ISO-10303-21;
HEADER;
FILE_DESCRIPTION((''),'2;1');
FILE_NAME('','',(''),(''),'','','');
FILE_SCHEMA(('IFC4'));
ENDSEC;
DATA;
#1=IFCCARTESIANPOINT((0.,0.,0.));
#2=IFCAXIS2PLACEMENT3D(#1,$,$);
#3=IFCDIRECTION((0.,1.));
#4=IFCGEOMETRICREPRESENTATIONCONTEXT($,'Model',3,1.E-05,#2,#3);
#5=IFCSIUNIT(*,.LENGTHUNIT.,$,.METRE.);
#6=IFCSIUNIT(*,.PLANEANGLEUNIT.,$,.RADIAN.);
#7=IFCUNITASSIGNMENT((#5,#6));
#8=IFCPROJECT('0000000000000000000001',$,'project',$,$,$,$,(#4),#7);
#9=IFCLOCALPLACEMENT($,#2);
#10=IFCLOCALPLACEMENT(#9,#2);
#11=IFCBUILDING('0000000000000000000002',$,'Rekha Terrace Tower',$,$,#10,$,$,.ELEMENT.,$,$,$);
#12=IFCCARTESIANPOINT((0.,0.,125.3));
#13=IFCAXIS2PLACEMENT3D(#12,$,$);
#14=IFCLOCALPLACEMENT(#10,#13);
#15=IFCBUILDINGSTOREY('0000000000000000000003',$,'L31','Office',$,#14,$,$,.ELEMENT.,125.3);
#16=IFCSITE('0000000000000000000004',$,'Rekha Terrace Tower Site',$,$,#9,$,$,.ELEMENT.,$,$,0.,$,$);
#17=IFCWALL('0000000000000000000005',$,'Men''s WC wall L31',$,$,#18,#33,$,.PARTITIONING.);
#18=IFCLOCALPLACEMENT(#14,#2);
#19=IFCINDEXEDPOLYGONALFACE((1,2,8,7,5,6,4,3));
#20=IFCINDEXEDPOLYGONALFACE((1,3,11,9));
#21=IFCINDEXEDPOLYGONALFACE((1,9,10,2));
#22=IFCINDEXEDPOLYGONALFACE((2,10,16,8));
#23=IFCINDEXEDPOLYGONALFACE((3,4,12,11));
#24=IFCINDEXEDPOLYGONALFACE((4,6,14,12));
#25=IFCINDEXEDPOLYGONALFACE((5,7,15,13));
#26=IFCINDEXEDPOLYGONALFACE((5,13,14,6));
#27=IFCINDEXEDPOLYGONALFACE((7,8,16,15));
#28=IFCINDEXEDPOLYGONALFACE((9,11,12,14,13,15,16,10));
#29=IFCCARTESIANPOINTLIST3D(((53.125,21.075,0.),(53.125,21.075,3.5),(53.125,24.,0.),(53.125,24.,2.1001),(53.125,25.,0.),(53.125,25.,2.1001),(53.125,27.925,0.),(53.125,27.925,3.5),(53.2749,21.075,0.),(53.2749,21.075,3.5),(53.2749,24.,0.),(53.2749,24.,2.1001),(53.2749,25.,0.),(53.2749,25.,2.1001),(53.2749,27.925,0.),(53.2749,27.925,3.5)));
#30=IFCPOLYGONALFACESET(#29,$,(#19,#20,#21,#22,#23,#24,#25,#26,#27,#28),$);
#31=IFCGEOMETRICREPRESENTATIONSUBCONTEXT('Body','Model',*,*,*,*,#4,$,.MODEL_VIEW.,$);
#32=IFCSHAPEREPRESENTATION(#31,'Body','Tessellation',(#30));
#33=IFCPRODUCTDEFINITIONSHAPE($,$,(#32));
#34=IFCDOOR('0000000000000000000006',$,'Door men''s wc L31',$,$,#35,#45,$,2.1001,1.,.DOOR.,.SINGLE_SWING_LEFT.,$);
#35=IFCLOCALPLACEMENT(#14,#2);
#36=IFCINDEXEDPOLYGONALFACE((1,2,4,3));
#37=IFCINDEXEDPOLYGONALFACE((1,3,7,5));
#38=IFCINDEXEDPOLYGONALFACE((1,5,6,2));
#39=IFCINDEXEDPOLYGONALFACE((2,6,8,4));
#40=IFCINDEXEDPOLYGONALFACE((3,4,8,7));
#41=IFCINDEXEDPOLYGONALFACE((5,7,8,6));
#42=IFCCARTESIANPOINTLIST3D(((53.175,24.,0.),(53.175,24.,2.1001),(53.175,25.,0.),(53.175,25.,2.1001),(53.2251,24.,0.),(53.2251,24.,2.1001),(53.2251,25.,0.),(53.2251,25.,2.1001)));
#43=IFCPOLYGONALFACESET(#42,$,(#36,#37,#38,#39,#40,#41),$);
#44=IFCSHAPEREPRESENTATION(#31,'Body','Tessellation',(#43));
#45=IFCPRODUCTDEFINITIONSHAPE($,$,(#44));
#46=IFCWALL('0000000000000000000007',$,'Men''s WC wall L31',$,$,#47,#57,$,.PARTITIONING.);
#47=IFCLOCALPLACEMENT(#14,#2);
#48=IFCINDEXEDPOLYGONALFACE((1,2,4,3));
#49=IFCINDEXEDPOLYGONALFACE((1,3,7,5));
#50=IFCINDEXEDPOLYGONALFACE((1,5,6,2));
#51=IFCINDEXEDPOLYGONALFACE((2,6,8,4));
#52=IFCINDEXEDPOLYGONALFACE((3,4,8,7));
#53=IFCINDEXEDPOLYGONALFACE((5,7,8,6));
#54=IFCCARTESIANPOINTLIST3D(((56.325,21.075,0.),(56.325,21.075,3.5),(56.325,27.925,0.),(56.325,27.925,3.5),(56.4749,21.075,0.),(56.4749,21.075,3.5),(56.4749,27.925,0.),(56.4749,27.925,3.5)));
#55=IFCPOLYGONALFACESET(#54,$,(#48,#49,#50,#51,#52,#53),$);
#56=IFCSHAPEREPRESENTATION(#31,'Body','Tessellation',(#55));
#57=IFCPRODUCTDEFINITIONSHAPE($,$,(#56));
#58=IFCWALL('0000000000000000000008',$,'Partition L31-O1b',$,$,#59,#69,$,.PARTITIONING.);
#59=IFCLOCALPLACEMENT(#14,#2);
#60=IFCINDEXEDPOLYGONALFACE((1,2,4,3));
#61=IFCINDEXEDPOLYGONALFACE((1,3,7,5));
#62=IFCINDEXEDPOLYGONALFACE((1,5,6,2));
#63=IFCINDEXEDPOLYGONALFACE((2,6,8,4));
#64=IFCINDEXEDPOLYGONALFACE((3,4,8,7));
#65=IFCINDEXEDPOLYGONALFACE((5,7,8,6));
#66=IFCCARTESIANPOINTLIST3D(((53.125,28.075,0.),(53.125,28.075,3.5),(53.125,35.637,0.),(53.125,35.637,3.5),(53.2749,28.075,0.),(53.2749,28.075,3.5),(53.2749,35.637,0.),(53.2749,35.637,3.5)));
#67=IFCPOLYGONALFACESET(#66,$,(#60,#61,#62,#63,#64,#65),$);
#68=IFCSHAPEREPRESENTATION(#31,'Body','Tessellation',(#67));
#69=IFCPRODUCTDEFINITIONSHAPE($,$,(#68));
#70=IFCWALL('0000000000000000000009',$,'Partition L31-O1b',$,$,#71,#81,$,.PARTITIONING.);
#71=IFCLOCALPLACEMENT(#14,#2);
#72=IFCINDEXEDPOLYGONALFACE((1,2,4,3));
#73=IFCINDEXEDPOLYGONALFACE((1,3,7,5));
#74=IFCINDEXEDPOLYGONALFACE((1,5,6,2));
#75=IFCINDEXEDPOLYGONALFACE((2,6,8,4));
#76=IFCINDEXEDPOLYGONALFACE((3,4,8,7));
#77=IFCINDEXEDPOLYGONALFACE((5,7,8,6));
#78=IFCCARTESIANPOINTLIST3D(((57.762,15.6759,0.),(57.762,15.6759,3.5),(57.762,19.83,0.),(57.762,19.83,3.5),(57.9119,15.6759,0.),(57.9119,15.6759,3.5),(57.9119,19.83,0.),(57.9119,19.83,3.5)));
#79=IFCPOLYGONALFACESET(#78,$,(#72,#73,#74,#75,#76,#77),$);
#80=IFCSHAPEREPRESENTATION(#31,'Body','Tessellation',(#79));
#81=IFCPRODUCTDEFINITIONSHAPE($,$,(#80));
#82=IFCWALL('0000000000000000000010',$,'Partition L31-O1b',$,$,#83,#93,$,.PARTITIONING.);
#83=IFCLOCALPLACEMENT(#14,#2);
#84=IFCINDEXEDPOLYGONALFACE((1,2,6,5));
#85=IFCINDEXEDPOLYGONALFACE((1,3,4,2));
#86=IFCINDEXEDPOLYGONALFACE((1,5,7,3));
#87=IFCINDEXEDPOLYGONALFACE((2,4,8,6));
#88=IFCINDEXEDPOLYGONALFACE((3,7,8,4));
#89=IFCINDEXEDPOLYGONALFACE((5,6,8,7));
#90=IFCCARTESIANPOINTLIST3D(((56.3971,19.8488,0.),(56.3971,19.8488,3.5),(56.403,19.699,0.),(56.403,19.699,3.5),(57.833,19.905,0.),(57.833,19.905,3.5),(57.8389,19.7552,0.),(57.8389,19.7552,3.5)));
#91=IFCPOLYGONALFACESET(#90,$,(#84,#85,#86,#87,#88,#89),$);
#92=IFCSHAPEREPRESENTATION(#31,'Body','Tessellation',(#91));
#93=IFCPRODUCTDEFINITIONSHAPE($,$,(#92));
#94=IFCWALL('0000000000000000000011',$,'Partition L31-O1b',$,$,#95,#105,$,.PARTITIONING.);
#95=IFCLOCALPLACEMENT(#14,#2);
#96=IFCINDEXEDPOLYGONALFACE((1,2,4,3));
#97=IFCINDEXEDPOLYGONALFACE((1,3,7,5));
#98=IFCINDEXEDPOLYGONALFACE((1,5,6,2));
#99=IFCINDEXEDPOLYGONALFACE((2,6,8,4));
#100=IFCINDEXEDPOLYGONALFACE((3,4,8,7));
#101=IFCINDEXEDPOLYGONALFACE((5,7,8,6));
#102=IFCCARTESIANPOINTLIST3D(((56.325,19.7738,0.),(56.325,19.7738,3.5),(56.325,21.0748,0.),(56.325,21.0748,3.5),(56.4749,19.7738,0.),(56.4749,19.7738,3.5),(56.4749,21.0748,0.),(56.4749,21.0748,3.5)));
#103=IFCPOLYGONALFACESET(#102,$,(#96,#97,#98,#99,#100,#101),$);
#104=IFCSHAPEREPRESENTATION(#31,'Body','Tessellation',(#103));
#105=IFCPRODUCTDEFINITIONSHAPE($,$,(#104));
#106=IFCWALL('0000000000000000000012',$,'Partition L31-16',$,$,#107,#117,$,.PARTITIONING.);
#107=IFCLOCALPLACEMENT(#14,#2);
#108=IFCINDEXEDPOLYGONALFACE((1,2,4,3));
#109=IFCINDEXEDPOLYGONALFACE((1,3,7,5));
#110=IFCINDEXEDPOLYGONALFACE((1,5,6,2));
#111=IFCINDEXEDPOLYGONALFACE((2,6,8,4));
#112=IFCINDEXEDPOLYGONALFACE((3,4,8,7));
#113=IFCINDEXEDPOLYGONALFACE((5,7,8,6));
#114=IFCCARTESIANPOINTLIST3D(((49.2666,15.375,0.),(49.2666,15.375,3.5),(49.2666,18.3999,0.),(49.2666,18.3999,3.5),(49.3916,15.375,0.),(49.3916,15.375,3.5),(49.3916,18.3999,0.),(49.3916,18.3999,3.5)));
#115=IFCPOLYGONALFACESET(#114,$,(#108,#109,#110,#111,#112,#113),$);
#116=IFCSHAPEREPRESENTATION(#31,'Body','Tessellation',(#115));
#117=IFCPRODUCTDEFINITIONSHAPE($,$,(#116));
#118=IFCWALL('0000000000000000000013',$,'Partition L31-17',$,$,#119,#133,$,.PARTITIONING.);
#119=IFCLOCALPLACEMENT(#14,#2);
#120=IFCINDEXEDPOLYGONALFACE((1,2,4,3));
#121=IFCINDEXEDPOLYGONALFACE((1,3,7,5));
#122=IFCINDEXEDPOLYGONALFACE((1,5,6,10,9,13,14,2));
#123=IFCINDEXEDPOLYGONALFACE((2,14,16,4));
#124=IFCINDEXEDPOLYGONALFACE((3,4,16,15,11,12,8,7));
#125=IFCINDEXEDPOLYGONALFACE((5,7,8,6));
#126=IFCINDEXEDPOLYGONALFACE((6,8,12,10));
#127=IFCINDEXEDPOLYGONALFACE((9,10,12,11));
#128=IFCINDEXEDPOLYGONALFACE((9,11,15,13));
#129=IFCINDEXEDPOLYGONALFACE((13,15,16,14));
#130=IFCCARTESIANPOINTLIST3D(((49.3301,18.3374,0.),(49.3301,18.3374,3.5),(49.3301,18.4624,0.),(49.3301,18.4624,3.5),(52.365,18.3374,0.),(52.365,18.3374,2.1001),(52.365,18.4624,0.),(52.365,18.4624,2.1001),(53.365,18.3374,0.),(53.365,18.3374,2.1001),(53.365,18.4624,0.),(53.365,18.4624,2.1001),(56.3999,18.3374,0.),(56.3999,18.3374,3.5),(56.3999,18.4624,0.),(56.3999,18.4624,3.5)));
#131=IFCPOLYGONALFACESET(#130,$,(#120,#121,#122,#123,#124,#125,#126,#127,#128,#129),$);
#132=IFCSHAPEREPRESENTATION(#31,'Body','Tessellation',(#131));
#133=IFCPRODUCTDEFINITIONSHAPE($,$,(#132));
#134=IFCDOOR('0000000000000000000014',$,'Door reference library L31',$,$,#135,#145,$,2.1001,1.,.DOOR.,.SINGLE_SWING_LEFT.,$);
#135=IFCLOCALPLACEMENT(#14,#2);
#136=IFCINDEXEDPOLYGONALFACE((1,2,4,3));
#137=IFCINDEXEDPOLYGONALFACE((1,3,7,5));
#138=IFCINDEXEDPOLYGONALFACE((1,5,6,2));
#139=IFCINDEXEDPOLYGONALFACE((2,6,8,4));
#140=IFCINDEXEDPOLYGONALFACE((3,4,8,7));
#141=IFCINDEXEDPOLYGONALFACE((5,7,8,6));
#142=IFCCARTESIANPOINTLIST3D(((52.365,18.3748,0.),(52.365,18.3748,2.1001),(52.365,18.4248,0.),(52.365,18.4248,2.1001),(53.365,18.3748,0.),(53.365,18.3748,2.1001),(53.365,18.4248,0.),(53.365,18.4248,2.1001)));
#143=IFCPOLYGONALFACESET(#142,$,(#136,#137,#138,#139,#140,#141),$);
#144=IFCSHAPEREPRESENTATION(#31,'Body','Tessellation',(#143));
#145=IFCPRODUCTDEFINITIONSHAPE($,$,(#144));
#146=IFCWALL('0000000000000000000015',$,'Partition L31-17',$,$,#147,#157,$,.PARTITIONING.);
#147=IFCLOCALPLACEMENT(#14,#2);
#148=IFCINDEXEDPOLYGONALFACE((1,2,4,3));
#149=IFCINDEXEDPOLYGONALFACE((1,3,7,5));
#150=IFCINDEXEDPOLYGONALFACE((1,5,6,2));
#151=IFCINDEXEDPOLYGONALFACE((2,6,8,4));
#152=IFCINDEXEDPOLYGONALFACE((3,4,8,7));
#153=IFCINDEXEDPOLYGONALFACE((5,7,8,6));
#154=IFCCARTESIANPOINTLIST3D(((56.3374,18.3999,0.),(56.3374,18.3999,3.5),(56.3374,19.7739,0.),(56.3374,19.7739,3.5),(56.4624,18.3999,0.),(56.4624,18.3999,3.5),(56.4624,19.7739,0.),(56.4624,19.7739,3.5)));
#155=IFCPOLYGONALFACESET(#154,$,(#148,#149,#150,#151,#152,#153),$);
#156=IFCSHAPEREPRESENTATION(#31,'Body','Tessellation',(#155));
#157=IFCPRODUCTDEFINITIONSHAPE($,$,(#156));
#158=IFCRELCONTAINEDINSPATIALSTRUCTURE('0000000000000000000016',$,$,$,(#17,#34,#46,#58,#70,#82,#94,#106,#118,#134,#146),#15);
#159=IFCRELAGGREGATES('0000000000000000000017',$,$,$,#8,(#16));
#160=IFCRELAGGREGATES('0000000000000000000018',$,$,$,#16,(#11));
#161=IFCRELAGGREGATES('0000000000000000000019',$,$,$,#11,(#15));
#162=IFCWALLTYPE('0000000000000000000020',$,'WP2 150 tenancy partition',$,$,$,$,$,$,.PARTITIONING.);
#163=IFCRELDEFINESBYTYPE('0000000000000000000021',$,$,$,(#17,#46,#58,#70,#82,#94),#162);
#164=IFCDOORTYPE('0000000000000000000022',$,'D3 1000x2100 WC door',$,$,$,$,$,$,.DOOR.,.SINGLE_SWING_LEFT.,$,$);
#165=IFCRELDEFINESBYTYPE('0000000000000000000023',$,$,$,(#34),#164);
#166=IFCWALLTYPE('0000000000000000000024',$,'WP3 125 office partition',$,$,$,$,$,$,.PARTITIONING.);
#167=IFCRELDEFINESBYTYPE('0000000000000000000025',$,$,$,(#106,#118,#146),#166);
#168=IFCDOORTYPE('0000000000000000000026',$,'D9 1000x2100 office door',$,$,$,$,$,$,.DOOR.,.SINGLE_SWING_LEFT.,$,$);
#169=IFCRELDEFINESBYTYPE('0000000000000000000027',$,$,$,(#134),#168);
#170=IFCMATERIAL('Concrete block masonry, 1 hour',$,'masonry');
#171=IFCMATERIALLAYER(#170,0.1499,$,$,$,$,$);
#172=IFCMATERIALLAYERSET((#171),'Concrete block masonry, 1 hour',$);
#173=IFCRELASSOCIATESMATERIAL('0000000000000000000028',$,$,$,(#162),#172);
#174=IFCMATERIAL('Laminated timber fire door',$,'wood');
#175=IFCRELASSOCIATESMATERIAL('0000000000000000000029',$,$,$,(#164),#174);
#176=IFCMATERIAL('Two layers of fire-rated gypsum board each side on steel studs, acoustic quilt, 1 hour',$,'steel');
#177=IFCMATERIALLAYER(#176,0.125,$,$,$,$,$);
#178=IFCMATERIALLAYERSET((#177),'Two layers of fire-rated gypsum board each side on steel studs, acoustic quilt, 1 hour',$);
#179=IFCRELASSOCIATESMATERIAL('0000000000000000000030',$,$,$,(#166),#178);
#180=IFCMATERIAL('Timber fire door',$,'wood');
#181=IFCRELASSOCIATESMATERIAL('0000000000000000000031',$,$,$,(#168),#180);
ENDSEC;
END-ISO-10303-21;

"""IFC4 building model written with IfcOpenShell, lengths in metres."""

from ifc_helpers import new_model, si_unit, direction, frame, frame_2d, origin, place, context, subcontext, project, spatial, rectangle, extrude, material, layer, layer_set, type_object, element, fill, save


model = new_model("IFC4")

# Units and contexts
model_context = context("Model", 3, precision=1e-05, world=origin(), true_north=direction((0.0, 1.0)))
body_context = subcontext(model_context, "Body", "Model", "MODEL_VIEW")
ifc_project = project(units=[si_unit("LENGTHUNIT", "METRE"), si_unit("PLANEANGLEUNIT", "RADIAN")], contexts=[model_context])

# Site, building, storey
site_placement = place(None, origin())
site = spatial("IfcSite", under=ifc_project, at=site_placement, Name="Rekha Terrace Tower Site", CompositionType="ELEMENT", RefElevation=0.0)
building_placement = place(site_placement, origin())
building = spatial("IfcBuilding", under=site, at=building_placement, Name="Rekha Terrace Tower", CompositionType="ELEMENT")
storey_placement = place(building_placement, frame((0.0, 0.0, 125.3)))
storey = spatial("IfcBuildingStorey", under=building, at=storey_placement, Name="L31", Description="Office", CompositionType="ELEMENT", Elevation=125.3)

# Shared definitions
ifc_material_1 = material(Name="Concrete block masonry, 1 hour", Category="masonry")
ifc_layer_1 = layer(ifc_material_1, 0.1499)
ifc_layer_set_1 = layer_set([ifc_layer_1], Name="Concrete block masonry, 1 hour")
wall_type_1 = type_object("IfcWallType", Name="WP2 150 tenancy partition", PredefinedType="PARTITIONING", material=ifc_layer_set_1)

# Wall, opening, door
wall_1_placement = place(storey_placement, frame((53.2, 21.075, 0.0), z_axis=(0.0, 0.0, 1.0), x_axis=(0.0, 1.0, 0.0)))
wall_1 = element("IfcWall", 1, at=wall_1_placement, inside=storey, type_object=wall_type_1, Name="Men's WC wall L31", PredefinedType="PARTITIONING", context=body_context, shape_type="SweptSolid", body=[
    extrude(rectangle(XDim=6.8501, YDim=0.1499, at=frame_2d((3.425, 0.0))), origin(), (0.0, 0.0, 1.0), 3.5),
])
opening_1_placement = place(wall_1_placement, frame((2.925, 0.0, 0.0)))
opening_1 = element("IfcOpeningElement", 2, at=opening_1_placement, cuts=wall_1, PredefinedType="OPENING", context=body_context, shape_type="SweptSolid", body=[
    extrude(rectangle(XDim=1.0, YDim=2.1001, at=frame_2d((0.5, 1.05))), frame((0.0, 0.085, 0.0), z_axis=(0.0, -1.0, 0.0), x_axis=(1.0, 0.0, 0.0)), (0.0, 0.0, 1.0), 0.1699),
])
ifc_material_2 = material(Name="Laminated timber fire door", Category="wood")
door_type_1 = type_object("IfcDoorType", Name="D3 1000x2100 WC door", OperationType="SINGLE_SWING_LEFT", PredefinedType="DOOR", material=ifc_material_2)
door_1_placement = place(opening_1_placement, origin())
door_1 = element("IfcDoor", 3, at=door_1_placement, inside=storey, type_object=door_type_1, Name="Door men's wc L31", OperationType="SINGLE_SWING_LEFT", OverallHeight=2.1001, OverallWidth=1.0, PredefinedType="DOOR", context=body_context, shape_type="SweptSolid", body=[
    extrude(rectangle(XDim=1.0, YDim=2.1001, at=frame_2d((0.5, 1.05))), frame((0.0, 0.0249, 0.0), z_axis=(0.0, -1.0, 0.0), x_axis=(1.0, 0.0, 0.0)), (0.0, 0.0, 1.0), 0.05),
])
fill(opening_1, door_1)

# Walls
wall_2_placement = place(storey_placement, frame((56.3999, 21.075, 0.0), z_axis=(0.0, 0.0, 1.0), x_axis=(0.0, 1.0, 0.0)))
element("IfcWall", 4, at=wall_2_placement, inside=storey, type_object=wall_type_1, Name="Men's WC wall L31", PredefinedType="PARTITIONING", context=body_context, shape_type="SweptSolid", body=[
    extrude(rectangle(XDim=6.8501, YDim=0.1499, at=frame_2d((3.425, 0.0))), origin(), (0.0, 0.0, 1.0), 3.5),
])
wall_3_placement = place(storey_placement, frame((53.2, 28.075, 0.0), z_axis=(0.0, 0.0, 1.0), x_axis=(0.0, 1.0, 0.0)))
element("IfcWall", 5, at=wall_3_placement, inside=storey, type_object=wall_type_1, Name="Partition L31-O1b", PredefinedType="PARTITIONING", context=body_context, shape_type="SweptSolid", body=[
    extrude(rectangle(XDim=7.562, YDim=0.1499, at=frame_2d((3.781, 0.0))), origin(), (0.0, 0.0, 1.0), 3.5),
])
wall_4_placement = place(storey_placement, frame((57.8369, 19.8301, 0.0), z_axis=(0.0, 0.0, 1.0), x_axis=(0.0, -1.0, 0.0)))
element("IfcWall", 6, at=wall_4_placement, inside=storey, type_object=wall_type_1, Name="Partition L31-O1b", PredefinedType="PARTITIONING", context=body_context, shape_type="SweptSolid", body=[
    extrude(rectangle(XDim=4.1541, YDim=0.1499, at=frame_2d((2.0771, 0.0))), origin(), (0.0, 0.0, 1.0), 3.5),
])
wall_5_placement = place(storey_placement, frame((57.8359, 19.8301, 0.0), z_axis=(0.0, 0.0, 1.0), x_axis=(-0.999236, -0.039072, 0.0)))
element("IfcWall", 7, at=wall_5_placement, inside=storey, type_object=wall_type_1, Name="Partition L31-O1b", PredefinedType="PARTITIONING", context=body_context, shape_type="SweptSolid", body=[
    extrude(rectangle(XDim=1.437, YDim=0.1499, at=frame_2d((0.7185, 0.0))), origin(), (0.0, 0.0, 1.0), 3.5),
])
wall_6_placement = place(storey_placement, frame((56.3999, 19.7739, 0.0), z_axis=(0.0, 0.0, 1.0), x_axis=(0.0, 1.0, 0.0)))
element("IfcWall", 8, at=wall_6_placement, inside=storey, type_object=wall_type_1, Name="Partition L31-O1b", PredefinedType="PARTITIONING", context=body_context, shape_type="SweptSolid", body=[
    extrude(rectangle(XDim=1.301, YDim=0.1499, at=frame_2d((0.6504, 0.0))), origin(), (0.0, 0.0, 1.0), 3.5),
])
ifc_material_3 = material(Name="Two layers of fire-rated gypsum board each side on steel studs, acoustic quilt, 1 hour", Category="steel")
ifc_layer_2 = layer(ifc_material_3, 0.125)
ifc_layer_set_2 = layer_set([ifc_layer_2], Name="Two layers of fire-rated gypsum board each side on steel studs, acoustic quilt, 1 hour")
wall_type_2 = type_object("IfcWallType", Name="WP3 125 office partition", PredefinedType="PARTITIONING", material=ifc_layer_set_2)
wall_7_placement = place(storey_placement, frame((49.3291, 18.3999, 0.0), z_axis=(0.0, 0.0, 1.0), x_axis=(0.0, -1.0, 0.0)))
element("IfcWall", 9, at=wall_7_placement, inside=storey, type_object=wall_type_2, Name="Partition L31-16", PredefinedType="PARTITIONING", context=body_context, shape_type="SweptSolid", body=[
    extrude(rectangle(XDim=3.0249, YDim=0.125, at=frame_2d((1.5125, 0.0))), origin(), (0.0, 0.0, 1.0), 3.5),
])

# Wall, opening, door
wall_8_placement = place(storey_placement, frame((49.3301, 18.3999, 0.0), z_axis=(0.0, 0.0, 1.0), x_axis=(1.0, 0.0, 0.0)))
wall_8 = element("IfcWall", 10, at=wall_8_placement, inside=storey, type_object=wall_type_2, Name="Partition L31-17", PredefinedType="PARTITIONING", context=body_context, shape_type="SweptSolid", body=[
    extrude(rectangle(XDim=7.0698, YDim=0.125, at=frame_2d((3.5349, 0.0))), origin(), (0.0, 0.0, 1.0), 3.5),
])
opening_2_placement = place(wall_8_placement, frame((3.0349, 0.0, 0.0)))
opening_2 = element("IfcOpeningElement", 11, at=opening_2_placement, cuts=wall_8, PredefinedType="OPENING", context=body_context, shape_type="SweptSolid", body=[
    extrude(rectangle(XDim=1.0, YDim=2.1001, at=frame_2d((0.5, 1.05))), frame((0.0, 0.0725, 0.0), z_axis=(0.0, -1.0, 0.0), x_axis=(1.0, 0.0, 0.0)), (0.0, 0.0, 1.0), 0.145),
])
ifc_material_4 = material(Name="Timber fire door", Category="wood")
door_type_2 = type_object("IfcDoorType", Name="D9 1000x2100 office door", OperationType="SINGLE_SWING_LEFT", PredefinedType="DOOR", material=ifc_material_4)
door_2_placement = place(opening_2_placement, origin())
door_2 = element("IfcDoor", 12, at=door_2_placement, inside=storey, type_object=door_type_2, Name="Door reference library L31", OperationType="SINGLE_SWING_LEFT", OverallHeight=2.1001, OverallWidth=1.0, PredefinedType="DOOR", context=body_context, shape_type="SweptSolid", body=[
    extrude(rectangle(XDim=1.0, YDim=2.1001, at=frame_2d((0.5, 1.05))), frame((0.0, 0.0249, 0.0), z_axis=(0.0, -1.0, 0.0), x_axis=(1.0, 0.0, 0.0)), (0.0, 0.0, 1.0), 0.05),
])
fill(opening_2, door_2)

# Wall
wall_9_placement = place(storey_placement, frame((56.3999, 18.3999, 0.0), z_axis=(0.0, 0.0, 1.0), x_axis=(0.0, 1.0, 0.0)))
element("IfcWall", 13, at=wall_9_placement, inside=storey, type_object=wall_type_2, Name="Partition L31-17", PredefinedType="PARTITIONING", context=body_context, shape_type="SweptSolid", body=[
    extrude(rectangle(XDim=1.374, YDim=0.125, at=frame_2d((0.687, 0.0))), origin(), (0.0, 0.0, 1.0), 3.5),
])

save(model, "model.ifc")
